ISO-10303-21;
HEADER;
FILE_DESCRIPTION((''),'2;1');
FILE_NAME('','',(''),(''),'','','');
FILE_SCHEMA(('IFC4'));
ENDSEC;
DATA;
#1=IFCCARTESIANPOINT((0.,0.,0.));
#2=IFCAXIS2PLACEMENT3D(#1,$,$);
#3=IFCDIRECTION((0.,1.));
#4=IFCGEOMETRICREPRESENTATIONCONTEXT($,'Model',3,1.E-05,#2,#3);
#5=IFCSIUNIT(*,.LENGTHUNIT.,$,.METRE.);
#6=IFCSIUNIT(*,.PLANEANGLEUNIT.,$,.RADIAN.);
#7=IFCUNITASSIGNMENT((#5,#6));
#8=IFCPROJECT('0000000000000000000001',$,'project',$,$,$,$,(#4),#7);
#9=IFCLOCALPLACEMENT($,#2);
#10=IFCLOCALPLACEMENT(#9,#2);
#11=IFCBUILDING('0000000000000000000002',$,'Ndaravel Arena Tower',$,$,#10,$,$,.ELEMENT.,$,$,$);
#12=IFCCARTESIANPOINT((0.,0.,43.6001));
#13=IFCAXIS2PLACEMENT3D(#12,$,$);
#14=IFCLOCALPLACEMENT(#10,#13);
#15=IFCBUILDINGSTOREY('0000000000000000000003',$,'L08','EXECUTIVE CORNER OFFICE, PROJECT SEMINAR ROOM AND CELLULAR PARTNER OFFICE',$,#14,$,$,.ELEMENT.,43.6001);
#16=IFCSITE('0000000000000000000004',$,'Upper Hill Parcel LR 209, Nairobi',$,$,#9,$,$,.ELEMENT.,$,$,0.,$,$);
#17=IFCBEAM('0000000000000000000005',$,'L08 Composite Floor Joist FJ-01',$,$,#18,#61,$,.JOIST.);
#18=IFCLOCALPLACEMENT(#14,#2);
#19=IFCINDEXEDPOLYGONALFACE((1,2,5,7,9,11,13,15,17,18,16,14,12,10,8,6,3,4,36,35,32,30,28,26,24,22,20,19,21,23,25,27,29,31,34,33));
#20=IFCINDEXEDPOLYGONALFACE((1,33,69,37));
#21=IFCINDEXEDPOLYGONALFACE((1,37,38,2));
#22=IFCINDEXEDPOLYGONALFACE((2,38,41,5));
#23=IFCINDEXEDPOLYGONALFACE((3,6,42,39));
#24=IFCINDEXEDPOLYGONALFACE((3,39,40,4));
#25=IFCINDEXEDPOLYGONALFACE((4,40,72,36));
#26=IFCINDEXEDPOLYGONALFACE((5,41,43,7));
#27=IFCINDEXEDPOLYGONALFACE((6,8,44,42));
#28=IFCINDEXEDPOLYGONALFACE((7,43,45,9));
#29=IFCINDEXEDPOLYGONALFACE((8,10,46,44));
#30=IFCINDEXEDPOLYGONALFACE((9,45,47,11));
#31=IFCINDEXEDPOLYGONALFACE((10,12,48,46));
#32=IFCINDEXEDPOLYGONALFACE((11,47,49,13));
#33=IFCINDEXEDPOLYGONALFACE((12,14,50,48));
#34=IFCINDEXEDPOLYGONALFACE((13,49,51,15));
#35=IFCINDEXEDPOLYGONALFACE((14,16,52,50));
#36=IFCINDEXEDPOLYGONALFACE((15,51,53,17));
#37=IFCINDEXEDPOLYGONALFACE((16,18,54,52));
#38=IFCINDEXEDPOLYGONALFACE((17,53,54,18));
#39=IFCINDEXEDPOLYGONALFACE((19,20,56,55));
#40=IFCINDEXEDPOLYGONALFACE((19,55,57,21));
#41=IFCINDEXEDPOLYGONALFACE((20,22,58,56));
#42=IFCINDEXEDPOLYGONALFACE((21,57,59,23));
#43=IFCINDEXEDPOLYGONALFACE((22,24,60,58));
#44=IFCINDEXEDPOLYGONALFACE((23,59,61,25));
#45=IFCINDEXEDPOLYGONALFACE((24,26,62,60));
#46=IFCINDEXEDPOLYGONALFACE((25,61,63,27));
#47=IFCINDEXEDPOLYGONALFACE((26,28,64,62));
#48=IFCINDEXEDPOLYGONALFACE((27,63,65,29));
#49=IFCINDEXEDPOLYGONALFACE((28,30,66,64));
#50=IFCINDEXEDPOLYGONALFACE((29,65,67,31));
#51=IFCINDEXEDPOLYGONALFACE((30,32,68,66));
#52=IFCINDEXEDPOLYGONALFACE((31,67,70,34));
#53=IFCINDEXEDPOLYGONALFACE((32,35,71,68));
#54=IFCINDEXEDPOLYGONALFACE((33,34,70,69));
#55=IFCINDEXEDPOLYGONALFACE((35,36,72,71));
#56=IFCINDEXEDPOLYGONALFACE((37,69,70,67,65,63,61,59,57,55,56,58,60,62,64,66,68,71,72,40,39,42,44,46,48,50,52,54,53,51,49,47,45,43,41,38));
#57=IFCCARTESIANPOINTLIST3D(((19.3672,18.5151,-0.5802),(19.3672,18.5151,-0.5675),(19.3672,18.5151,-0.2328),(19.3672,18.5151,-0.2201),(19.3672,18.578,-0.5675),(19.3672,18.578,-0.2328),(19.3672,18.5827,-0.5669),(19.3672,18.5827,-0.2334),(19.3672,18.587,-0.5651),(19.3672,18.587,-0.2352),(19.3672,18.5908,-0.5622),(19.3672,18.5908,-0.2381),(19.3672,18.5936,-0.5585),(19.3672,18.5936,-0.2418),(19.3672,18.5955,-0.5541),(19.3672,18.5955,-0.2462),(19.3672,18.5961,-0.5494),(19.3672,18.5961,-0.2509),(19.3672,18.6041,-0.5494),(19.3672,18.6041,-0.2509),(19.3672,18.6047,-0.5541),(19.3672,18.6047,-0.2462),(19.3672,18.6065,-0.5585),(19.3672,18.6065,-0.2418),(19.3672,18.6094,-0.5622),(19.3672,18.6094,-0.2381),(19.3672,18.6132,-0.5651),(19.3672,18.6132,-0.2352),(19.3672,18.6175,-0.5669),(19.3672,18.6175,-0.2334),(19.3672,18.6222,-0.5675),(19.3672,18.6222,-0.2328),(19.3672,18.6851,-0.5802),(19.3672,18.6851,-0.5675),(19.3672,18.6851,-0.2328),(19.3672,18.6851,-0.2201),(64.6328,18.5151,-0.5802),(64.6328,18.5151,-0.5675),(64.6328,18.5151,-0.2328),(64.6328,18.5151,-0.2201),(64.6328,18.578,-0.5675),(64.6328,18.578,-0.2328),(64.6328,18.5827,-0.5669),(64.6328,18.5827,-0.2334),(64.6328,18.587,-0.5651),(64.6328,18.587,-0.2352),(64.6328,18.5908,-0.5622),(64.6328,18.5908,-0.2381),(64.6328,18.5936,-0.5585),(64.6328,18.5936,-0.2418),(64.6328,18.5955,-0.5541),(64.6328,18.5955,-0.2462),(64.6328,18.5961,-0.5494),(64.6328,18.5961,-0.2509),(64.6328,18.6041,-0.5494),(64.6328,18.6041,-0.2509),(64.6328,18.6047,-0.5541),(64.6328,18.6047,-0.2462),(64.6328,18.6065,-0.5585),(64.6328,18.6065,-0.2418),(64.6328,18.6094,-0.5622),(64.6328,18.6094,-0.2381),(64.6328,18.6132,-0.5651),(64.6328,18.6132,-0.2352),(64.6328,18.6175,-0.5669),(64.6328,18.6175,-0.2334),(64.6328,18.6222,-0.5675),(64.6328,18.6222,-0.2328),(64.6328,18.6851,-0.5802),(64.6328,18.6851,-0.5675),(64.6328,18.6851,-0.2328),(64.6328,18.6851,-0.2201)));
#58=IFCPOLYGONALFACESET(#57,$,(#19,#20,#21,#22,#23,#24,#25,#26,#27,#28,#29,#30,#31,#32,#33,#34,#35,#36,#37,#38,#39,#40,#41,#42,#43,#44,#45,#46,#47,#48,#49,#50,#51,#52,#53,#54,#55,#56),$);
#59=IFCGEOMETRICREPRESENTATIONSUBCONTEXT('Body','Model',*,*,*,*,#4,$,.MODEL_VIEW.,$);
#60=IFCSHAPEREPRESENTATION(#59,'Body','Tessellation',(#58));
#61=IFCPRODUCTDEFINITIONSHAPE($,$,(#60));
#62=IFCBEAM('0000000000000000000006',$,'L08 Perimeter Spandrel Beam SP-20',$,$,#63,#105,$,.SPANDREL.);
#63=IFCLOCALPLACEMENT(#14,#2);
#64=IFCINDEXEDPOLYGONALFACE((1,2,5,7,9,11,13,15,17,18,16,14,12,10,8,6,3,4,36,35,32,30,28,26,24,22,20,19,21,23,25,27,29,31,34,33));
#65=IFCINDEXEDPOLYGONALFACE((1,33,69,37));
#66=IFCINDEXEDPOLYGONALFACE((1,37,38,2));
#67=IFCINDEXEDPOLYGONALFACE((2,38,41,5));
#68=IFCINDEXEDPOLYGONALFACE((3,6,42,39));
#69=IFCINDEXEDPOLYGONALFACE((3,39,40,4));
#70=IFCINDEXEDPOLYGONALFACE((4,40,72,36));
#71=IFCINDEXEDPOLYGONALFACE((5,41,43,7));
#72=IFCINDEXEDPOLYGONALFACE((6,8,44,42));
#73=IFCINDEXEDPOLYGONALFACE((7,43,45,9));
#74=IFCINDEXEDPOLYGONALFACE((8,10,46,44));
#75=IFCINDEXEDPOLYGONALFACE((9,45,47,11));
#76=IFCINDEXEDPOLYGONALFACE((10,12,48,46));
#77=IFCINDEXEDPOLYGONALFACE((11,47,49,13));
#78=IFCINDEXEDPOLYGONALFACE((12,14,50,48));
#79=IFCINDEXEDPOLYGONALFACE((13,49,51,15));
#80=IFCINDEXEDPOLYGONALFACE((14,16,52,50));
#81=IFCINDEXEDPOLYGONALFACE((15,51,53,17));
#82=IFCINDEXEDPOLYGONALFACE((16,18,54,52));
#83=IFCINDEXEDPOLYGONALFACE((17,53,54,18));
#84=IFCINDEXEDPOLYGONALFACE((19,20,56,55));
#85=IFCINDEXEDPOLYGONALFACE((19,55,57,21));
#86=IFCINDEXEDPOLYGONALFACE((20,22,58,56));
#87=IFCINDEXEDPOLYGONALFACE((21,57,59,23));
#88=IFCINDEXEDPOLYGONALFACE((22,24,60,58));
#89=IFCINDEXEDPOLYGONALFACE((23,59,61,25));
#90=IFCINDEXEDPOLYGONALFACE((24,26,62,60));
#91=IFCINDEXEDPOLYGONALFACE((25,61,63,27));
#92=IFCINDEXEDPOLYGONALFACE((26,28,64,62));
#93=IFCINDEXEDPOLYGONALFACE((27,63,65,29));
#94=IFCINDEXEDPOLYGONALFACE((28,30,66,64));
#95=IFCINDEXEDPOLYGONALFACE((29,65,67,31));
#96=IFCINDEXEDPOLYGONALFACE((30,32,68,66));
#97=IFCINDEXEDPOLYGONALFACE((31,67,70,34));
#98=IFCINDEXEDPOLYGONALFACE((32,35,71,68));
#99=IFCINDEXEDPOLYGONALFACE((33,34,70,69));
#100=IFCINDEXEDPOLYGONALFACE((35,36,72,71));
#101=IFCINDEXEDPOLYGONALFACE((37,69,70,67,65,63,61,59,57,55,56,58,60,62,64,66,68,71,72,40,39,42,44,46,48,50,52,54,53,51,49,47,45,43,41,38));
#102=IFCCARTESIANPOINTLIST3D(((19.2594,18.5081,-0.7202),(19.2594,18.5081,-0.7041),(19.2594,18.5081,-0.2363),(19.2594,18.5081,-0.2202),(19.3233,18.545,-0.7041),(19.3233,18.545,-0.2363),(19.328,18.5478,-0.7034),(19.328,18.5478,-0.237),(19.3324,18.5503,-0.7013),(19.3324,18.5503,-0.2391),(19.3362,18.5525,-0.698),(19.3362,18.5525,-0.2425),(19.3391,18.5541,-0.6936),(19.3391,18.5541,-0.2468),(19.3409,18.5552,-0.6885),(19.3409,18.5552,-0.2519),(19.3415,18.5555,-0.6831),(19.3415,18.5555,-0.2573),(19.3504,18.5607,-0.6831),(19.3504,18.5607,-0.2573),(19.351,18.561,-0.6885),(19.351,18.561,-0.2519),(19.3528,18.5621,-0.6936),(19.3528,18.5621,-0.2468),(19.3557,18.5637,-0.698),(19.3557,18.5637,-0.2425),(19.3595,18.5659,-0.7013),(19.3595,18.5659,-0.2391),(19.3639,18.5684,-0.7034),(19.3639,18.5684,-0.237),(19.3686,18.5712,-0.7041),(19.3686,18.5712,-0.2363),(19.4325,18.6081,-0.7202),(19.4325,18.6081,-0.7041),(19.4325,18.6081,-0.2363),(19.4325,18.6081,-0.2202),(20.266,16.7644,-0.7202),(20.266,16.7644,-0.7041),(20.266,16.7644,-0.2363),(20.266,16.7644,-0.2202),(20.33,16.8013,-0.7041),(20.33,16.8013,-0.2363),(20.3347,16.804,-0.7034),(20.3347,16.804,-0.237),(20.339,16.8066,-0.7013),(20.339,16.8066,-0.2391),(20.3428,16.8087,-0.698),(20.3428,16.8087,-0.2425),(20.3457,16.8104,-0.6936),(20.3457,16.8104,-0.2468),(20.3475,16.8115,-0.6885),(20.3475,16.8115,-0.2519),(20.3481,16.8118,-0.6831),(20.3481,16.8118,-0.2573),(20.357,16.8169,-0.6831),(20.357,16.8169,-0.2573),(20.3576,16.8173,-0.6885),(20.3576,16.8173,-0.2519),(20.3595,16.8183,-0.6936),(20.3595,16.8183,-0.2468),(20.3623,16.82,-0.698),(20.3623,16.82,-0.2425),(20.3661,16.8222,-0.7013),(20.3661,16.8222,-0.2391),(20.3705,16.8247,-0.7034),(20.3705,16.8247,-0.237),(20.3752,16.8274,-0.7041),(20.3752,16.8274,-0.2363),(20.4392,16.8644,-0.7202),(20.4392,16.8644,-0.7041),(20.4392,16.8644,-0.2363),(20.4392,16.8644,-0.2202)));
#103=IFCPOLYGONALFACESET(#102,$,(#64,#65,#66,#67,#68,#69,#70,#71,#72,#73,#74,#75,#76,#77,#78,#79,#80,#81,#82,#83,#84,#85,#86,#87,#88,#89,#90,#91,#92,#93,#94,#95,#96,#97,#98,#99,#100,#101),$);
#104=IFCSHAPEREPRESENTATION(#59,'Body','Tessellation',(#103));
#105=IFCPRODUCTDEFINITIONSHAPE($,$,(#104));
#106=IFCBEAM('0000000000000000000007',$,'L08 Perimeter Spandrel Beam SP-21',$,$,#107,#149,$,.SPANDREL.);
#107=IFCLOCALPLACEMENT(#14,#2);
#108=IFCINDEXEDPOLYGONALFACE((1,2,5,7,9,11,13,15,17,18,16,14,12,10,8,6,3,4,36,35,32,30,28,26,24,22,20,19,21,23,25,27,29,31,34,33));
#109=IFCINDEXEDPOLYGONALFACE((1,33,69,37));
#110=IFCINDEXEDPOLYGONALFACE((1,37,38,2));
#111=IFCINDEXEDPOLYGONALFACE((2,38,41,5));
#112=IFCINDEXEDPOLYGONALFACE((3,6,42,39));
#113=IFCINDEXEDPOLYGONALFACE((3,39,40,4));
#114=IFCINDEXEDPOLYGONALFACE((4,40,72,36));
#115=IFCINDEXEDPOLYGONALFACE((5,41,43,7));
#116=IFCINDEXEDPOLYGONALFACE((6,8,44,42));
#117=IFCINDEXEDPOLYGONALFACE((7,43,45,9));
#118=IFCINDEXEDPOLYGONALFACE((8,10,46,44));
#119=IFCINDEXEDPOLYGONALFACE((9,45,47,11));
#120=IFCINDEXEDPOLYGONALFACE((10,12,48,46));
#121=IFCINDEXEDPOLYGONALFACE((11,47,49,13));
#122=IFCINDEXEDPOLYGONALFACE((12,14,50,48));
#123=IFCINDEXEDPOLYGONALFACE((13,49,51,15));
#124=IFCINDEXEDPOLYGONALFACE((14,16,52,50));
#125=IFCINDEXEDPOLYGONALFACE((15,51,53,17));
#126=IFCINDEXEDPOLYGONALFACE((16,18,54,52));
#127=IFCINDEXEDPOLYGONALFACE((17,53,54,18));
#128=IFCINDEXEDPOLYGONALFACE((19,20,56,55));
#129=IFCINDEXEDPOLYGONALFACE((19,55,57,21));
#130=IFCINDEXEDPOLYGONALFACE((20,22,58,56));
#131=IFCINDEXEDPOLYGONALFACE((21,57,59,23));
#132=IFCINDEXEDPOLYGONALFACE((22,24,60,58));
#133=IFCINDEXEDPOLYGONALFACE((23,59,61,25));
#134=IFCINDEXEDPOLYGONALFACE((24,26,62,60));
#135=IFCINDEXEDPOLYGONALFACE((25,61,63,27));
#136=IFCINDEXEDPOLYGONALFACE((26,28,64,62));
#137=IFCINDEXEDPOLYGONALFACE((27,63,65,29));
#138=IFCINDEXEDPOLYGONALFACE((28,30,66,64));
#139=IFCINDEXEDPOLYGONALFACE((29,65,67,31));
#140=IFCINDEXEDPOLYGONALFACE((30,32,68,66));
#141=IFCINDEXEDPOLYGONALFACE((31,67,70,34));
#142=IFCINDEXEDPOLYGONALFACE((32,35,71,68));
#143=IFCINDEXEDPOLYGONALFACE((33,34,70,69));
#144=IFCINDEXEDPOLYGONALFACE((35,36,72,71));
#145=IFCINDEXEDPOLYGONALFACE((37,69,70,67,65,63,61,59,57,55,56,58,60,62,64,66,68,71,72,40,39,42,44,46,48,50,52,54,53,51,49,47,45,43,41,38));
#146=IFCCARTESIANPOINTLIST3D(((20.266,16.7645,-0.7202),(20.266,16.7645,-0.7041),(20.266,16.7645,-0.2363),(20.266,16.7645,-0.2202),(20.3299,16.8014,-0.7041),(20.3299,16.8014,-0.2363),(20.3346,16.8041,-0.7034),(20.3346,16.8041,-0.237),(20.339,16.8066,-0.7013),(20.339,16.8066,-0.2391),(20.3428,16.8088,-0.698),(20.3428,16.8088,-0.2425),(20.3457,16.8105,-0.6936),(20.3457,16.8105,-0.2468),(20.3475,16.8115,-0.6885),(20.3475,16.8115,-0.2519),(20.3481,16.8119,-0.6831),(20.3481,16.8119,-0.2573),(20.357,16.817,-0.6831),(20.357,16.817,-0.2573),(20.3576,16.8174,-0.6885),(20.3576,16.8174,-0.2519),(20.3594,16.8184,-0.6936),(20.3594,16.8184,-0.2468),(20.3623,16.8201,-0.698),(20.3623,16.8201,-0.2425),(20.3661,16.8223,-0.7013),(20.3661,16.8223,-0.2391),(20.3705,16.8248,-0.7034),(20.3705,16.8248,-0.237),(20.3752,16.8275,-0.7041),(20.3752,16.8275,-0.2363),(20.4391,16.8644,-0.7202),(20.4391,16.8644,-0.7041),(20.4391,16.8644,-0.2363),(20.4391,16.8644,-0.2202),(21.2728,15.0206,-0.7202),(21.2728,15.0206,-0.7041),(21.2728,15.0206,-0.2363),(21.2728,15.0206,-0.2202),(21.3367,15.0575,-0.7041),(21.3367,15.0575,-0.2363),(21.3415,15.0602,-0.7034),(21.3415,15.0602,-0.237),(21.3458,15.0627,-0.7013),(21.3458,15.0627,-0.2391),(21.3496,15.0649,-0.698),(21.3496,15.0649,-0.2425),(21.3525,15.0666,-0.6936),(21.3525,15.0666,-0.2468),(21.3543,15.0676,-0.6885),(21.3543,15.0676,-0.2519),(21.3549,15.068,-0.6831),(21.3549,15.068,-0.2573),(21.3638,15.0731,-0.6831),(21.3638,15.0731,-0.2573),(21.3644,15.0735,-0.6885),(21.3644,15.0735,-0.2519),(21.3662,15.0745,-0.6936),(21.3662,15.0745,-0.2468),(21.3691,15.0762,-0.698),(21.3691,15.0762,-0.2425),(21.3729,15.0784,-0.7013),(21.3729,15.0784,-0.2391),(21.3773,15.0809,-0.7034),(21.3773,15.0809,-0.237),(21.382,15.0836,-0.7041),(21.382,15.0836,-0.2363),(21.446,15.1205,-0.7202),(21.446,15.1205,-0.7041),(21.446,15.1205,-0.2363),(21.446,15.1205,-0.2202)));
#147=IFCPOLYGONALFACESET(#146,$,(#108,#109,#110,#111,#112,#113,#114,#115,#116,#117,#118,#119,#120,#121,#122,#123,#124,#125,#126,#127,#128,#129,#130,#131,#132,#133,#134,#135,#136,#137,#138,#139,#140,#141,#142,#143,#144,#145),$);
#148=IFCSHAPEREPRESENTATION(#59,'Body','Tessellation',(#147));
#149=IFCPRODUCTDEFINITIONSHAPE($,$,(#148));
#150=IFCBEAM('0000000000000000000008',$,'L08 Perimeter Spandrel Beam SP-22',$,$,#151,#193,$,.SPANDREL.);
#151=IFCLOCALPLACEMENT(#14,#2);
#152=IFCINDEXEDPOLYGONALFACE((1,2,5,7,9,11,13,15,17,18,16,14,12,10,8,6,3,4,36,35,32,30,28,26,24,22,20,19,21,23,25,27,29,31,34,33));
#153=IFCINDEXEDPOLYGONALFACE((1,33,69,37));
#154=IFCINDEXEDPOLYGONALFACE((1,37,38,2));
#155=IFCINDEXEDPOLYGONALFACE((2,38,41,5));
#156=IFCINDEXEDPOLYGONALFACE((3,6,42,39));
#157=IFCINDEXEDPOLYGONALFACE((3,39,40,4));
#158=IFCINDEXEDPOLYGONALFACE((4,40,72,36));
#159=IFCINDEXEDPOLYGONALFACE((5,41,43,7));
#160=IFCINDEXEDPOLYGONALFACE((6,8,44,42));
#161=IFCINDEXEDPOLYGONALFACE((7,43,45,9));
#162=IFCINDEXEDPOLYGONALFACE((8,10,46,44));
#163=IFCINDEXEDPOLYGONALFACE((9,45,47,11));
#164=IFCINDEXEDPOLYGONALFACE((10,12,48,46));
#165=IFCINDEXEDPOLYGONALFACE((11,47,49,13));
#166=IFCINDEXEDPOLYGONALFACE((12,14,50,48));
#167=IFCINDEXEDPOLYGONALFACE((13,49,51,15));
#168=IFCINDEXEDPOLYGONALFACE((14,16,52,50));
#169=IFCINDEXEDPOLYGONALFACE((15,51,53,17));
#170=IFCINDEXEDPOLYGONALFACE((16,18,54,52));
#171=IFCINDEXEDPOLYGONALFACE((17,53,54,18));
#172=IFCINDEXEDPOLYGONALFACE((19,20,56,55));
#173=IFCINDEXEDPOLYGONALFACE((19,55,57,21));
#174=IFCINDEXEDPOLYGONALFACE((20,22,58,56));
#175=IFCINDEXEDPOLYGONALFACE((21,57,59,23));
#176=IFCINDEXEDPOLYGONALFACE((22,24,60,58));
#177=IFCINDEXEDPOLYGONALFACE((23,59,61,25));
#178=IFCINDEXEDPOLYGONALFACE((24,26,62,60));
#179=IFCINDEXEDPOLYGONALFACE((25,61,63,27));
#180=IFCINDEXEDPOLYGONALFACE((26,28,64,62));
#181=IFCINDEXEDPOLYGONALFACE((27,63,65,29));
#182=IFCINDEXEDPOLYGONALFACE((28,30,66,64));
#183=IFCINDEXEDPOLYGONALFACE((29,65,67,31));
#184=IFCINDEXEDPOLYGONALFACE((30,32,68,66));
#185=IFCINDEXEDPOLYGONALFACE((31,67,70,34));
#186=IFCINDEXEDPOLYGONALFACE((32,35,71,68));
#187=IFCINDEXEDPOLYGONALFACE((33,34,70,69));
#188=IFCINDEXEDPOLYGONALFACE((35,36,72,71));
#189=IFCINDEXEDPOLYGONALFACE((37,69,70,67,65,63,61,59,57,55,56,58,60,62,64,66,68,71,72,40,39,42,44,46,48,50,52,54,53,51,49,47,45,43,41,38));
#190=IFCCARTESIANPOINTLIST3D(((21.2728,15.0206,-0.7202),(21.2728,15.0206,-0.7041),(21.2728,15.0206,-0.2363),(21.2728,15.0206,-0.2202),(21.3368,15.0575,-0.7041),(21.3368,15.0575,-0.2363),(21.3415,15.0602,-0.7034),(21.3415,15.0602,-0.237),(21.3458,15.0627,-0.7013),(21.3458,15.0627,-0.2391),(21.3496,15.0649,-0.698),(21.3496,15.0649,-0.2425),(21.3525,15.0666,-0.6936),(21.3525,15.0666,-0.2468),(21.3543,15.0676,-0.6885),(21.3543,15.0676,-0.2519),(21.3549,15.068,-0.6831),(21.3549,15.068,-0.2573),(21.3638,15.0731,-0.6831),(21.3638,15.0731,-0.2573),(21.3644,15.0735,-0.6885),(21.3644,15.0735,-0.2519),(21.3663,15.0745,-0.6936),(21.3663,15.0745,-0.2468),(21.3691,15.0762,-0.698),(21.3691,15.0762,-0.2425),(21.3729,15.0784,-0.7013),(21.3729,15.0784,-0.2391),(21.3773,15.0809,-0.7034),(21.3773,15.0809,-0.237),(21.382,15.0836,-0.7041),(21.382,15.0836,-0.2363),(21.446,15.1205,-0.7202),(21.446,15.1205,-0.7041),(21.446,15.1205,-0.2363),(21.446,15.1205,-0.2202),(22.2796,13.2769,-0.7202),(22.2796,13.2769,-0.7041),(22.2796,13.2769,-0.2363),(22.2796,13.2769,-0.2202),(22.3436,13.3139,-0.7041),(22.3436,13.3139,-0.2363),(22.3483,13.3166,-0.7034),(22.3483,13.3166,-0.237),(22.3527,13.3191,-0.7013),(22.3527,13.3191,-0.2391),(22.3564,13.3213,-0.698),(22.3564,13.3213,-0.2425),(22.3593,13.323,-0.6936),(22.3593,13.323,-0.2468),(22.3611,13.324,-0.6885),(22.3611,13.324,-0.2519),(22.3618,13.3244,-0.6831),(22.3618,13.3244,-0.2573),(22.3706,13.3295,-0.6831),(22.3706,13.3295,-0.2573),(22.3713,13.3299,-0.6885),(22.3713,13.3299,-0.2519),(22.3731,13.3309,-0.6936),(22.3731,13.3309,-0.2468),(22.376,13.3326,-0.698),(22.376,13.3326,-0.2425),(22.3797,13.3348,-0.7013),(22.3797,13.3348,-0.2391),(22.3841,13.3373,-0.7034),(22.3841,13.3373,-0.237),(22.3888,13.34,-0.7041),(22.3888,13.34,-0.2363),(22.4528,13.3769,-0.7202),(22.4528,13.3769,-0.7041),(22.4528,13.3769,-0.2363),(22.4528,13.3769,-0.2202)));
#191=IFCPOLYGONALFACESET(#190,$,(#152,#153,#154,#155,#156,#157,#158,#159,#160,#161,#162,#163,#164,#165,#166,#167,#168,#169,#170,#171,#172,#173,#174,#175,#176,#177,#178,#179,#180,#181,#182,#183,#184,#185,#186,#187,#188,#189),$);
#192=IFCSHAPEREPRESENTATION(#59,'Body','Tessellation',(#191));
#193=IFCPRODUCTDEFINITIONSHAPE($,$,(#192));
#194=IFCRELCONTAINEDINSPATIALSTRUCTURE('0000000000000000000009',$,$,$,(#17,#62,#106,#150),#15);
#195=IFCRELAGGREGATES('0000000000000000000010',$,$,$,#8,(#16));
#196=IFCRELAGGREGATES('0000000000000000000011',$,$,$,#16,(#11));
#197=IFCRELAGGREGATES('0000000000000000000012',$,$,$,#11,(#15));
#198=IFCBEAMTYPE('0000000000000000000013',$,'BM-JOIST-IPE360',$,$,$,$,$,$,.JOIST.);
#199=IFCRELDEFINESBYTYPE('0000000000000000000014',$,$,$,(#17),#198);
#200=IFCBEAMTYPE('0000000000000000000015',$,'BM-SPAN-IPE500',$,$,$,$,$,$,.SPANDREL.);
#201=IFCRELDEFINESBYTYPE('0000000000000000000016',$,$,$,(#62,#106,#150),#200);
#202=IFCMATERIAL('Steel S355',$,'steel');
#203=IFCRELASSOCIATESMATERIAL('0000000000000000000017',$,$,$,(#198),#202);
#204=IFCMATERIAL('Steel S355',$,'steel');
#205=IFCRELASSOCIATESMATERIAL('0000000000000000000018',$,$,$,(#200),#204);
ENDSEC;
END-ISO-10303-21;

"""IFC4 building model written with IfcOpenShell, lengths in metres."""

from ifc_helpers import new_model, si_unit, direction, frame, origin, origin_2d, place, context, subcontext, project, spatial, i_section, extrude, material, material_profile, profile_set, type_object, element, save


model = new_model("IFC4")

# Units and contexts
model_context = context("Model", 3, precision=1e-05, world=origin(), true_north=direction((0.0, 1.0)))
body_context = subcontext(model_context, "Body", "Model", "MODEL_VIEW")
ifc_project = project(units=[si_unit("LENGTHUNIT", "METRE"), si_unit("PLANEANGLEUNIT", "RADIAN")], contexts=[model_context])

# Site, building, storey
site_placement = place(None, origin())
site = spatial("IfcSite", under=ifc_project, at=site_placement, Name="Upper Hill Parcel LR 209, Nairobi", CompositionType="ELEMENT", RefElevation=0.0)
building_placement = place(site_placement, origin())
building = spatial("IfcBuilding", under=site, at=building_placement, Name="Ndaravel Arena Tower", CompositionType="ELEMENT")
storey_placement = place(building_placement, frame((0.0, 0.0, 43.6001)))
storey = spatial("IfcBuildingStorey", under=building, at=storey_placement, Name="L08", Description="EXECUTIVE CORNER OFFICE, PROJECT SEMINAR ROOM AND CELLULAR PARTNER OFFICE", CompositionType="ELEMENT", Elevation=43.6001)

# Beams
ifc_material_1 = material(Name="Steel S355", Category="steel")
ifc_material_profile_1 = material_profile(ifc_material_1, i_section(OverallWidth=0.1699, OverallDepth=0.3601, WebThickness=0.0081, FlangeThickness=0.0127, FilletRadius=0.0181, at=origin_2d()), Name="IPE 360")
ifc_profile_set_1 = profile_set([ifc_material_profile_1], Name="Steel S355")
beam_type_1 = type_object("IfcBeamType", Name="BM-JOIST-IPE360", PredefinedType="JOIST", material=ifc_profile_set_1)
beam_1_placement = place(storey_placement, frame((19.3672, 18.6001, -0.4001), z_axis=(1.0, 0.0, 0.0), x_axis=(0.0, 1.0, 0.0)))
element("IfcBeam", 1, at=beam_1_placement, inside=storey, type_object=beam_type_1, Name="L08 Composite Floor Joist FJ-01", PredefinedType="JOIST", context=body_context, shape_type="SweptSolid", body=[
    extrude(i_section(OverallWidth=0.1699, OverallDepth=0.3601, WebThickness=0.0081, FlangeThickness=0.0127, FilletRadius=0.0181, at=origin_2d()), origin(), (0.0, 0.0, 1.0), 45.2656),
])
ifc_material_2 = material(Name="Steel S355", Category="steel")
ifc_material_profile_2 = material_profile(ifc_material_2, i_section(OverallWidth=0.2, OverallDepth=0.5, WebThickness=0.0103, FlangeThickness=0.0161, FilletRadius=0.021, at=origin_2d()), Name="IPE 500")
ifc_profile_set_2 = profile_set([ifc_material_profile_2], Name="Steel S355")
beam_type_2 = type_object("IfcBeamType", Name="BM-SPAN-IPE500", PredefinedType="SPANDREL", material=ifc_profile_set_2)
beam_2_placement = place(storey_placement, frame((19.3459, 18.5581, -0.4702), z_axis=(0.49996, -0.866048, 0.0), x_axis=(0.866048, 0.49996, 0.0)))
element("IfcBeam", 2, at=beam_2_placement, inside=storey, type_object=beam_type_2, Name="L08 Perimeter Spandrel Beam SP-20", PredefinedType="SPANDREL", context=body_context, shape_type="SweptSolid", body=[
    extrude(i_section(OverallWidth=0.2, OverallDepth=0.5, WebThickness=0.0103, FlangeThickness=0.0161, FilletRadius=0.021, at=origin_2d()), origin(), (0.0, 0.0, 1.0), 2.0134),
])
beam_3_placement = place(storey_placement, frame((20.3525, 16.8145, -0.4702), z_axis=(0.499999, -0.866026, 0.0), x_axis=(0.866026, 0.499999, 0.0)))
element("IfcBeam", 3, at=beam_3_placement, inside=storey, type_object=beam_type_2, Name="L08 Perimeter Spandrel Beam SP-21", PredefinedType="SPANDREL", context=body_context, shape_type="SweptSolid", body=[
    extrude(i_section(OverallWidth=0.2, OverallDepth=0.5, WebThickness=0.0103, FlangeThickness=0.0161, FilletRadius=0.021, at=origin_2d()), origin(), (0.0, 0.0, 1.0), 2.0137),
])
beam_4_placement = place(storey_placement, frame((21.3594, 15.0706, -0.4702), z_axis=(0.500051, -0.865996, 0.0), x_axis=(0.865996, 0.500051, 0.0)))
element("IfcBeam", 4, at=beam_4_placement, inside=storey, type_object=beam_type_2, Name="L08 Perimeter Spandrel Beam SP-22", PredefinedType="SPANDREL", context=body_context, shape_type="SweptSolid", body=[
    extrude(i_section(OverallWidth=0.2, OverallDepth=0.5, WebThickness=0.0103, FlangeThickness=0.0161, FilletRadius=0.021, at=origin_2d()), origin(), (0.0, 0.0, 1.0), 2.0134),
])

save(model, "model.ifc")
